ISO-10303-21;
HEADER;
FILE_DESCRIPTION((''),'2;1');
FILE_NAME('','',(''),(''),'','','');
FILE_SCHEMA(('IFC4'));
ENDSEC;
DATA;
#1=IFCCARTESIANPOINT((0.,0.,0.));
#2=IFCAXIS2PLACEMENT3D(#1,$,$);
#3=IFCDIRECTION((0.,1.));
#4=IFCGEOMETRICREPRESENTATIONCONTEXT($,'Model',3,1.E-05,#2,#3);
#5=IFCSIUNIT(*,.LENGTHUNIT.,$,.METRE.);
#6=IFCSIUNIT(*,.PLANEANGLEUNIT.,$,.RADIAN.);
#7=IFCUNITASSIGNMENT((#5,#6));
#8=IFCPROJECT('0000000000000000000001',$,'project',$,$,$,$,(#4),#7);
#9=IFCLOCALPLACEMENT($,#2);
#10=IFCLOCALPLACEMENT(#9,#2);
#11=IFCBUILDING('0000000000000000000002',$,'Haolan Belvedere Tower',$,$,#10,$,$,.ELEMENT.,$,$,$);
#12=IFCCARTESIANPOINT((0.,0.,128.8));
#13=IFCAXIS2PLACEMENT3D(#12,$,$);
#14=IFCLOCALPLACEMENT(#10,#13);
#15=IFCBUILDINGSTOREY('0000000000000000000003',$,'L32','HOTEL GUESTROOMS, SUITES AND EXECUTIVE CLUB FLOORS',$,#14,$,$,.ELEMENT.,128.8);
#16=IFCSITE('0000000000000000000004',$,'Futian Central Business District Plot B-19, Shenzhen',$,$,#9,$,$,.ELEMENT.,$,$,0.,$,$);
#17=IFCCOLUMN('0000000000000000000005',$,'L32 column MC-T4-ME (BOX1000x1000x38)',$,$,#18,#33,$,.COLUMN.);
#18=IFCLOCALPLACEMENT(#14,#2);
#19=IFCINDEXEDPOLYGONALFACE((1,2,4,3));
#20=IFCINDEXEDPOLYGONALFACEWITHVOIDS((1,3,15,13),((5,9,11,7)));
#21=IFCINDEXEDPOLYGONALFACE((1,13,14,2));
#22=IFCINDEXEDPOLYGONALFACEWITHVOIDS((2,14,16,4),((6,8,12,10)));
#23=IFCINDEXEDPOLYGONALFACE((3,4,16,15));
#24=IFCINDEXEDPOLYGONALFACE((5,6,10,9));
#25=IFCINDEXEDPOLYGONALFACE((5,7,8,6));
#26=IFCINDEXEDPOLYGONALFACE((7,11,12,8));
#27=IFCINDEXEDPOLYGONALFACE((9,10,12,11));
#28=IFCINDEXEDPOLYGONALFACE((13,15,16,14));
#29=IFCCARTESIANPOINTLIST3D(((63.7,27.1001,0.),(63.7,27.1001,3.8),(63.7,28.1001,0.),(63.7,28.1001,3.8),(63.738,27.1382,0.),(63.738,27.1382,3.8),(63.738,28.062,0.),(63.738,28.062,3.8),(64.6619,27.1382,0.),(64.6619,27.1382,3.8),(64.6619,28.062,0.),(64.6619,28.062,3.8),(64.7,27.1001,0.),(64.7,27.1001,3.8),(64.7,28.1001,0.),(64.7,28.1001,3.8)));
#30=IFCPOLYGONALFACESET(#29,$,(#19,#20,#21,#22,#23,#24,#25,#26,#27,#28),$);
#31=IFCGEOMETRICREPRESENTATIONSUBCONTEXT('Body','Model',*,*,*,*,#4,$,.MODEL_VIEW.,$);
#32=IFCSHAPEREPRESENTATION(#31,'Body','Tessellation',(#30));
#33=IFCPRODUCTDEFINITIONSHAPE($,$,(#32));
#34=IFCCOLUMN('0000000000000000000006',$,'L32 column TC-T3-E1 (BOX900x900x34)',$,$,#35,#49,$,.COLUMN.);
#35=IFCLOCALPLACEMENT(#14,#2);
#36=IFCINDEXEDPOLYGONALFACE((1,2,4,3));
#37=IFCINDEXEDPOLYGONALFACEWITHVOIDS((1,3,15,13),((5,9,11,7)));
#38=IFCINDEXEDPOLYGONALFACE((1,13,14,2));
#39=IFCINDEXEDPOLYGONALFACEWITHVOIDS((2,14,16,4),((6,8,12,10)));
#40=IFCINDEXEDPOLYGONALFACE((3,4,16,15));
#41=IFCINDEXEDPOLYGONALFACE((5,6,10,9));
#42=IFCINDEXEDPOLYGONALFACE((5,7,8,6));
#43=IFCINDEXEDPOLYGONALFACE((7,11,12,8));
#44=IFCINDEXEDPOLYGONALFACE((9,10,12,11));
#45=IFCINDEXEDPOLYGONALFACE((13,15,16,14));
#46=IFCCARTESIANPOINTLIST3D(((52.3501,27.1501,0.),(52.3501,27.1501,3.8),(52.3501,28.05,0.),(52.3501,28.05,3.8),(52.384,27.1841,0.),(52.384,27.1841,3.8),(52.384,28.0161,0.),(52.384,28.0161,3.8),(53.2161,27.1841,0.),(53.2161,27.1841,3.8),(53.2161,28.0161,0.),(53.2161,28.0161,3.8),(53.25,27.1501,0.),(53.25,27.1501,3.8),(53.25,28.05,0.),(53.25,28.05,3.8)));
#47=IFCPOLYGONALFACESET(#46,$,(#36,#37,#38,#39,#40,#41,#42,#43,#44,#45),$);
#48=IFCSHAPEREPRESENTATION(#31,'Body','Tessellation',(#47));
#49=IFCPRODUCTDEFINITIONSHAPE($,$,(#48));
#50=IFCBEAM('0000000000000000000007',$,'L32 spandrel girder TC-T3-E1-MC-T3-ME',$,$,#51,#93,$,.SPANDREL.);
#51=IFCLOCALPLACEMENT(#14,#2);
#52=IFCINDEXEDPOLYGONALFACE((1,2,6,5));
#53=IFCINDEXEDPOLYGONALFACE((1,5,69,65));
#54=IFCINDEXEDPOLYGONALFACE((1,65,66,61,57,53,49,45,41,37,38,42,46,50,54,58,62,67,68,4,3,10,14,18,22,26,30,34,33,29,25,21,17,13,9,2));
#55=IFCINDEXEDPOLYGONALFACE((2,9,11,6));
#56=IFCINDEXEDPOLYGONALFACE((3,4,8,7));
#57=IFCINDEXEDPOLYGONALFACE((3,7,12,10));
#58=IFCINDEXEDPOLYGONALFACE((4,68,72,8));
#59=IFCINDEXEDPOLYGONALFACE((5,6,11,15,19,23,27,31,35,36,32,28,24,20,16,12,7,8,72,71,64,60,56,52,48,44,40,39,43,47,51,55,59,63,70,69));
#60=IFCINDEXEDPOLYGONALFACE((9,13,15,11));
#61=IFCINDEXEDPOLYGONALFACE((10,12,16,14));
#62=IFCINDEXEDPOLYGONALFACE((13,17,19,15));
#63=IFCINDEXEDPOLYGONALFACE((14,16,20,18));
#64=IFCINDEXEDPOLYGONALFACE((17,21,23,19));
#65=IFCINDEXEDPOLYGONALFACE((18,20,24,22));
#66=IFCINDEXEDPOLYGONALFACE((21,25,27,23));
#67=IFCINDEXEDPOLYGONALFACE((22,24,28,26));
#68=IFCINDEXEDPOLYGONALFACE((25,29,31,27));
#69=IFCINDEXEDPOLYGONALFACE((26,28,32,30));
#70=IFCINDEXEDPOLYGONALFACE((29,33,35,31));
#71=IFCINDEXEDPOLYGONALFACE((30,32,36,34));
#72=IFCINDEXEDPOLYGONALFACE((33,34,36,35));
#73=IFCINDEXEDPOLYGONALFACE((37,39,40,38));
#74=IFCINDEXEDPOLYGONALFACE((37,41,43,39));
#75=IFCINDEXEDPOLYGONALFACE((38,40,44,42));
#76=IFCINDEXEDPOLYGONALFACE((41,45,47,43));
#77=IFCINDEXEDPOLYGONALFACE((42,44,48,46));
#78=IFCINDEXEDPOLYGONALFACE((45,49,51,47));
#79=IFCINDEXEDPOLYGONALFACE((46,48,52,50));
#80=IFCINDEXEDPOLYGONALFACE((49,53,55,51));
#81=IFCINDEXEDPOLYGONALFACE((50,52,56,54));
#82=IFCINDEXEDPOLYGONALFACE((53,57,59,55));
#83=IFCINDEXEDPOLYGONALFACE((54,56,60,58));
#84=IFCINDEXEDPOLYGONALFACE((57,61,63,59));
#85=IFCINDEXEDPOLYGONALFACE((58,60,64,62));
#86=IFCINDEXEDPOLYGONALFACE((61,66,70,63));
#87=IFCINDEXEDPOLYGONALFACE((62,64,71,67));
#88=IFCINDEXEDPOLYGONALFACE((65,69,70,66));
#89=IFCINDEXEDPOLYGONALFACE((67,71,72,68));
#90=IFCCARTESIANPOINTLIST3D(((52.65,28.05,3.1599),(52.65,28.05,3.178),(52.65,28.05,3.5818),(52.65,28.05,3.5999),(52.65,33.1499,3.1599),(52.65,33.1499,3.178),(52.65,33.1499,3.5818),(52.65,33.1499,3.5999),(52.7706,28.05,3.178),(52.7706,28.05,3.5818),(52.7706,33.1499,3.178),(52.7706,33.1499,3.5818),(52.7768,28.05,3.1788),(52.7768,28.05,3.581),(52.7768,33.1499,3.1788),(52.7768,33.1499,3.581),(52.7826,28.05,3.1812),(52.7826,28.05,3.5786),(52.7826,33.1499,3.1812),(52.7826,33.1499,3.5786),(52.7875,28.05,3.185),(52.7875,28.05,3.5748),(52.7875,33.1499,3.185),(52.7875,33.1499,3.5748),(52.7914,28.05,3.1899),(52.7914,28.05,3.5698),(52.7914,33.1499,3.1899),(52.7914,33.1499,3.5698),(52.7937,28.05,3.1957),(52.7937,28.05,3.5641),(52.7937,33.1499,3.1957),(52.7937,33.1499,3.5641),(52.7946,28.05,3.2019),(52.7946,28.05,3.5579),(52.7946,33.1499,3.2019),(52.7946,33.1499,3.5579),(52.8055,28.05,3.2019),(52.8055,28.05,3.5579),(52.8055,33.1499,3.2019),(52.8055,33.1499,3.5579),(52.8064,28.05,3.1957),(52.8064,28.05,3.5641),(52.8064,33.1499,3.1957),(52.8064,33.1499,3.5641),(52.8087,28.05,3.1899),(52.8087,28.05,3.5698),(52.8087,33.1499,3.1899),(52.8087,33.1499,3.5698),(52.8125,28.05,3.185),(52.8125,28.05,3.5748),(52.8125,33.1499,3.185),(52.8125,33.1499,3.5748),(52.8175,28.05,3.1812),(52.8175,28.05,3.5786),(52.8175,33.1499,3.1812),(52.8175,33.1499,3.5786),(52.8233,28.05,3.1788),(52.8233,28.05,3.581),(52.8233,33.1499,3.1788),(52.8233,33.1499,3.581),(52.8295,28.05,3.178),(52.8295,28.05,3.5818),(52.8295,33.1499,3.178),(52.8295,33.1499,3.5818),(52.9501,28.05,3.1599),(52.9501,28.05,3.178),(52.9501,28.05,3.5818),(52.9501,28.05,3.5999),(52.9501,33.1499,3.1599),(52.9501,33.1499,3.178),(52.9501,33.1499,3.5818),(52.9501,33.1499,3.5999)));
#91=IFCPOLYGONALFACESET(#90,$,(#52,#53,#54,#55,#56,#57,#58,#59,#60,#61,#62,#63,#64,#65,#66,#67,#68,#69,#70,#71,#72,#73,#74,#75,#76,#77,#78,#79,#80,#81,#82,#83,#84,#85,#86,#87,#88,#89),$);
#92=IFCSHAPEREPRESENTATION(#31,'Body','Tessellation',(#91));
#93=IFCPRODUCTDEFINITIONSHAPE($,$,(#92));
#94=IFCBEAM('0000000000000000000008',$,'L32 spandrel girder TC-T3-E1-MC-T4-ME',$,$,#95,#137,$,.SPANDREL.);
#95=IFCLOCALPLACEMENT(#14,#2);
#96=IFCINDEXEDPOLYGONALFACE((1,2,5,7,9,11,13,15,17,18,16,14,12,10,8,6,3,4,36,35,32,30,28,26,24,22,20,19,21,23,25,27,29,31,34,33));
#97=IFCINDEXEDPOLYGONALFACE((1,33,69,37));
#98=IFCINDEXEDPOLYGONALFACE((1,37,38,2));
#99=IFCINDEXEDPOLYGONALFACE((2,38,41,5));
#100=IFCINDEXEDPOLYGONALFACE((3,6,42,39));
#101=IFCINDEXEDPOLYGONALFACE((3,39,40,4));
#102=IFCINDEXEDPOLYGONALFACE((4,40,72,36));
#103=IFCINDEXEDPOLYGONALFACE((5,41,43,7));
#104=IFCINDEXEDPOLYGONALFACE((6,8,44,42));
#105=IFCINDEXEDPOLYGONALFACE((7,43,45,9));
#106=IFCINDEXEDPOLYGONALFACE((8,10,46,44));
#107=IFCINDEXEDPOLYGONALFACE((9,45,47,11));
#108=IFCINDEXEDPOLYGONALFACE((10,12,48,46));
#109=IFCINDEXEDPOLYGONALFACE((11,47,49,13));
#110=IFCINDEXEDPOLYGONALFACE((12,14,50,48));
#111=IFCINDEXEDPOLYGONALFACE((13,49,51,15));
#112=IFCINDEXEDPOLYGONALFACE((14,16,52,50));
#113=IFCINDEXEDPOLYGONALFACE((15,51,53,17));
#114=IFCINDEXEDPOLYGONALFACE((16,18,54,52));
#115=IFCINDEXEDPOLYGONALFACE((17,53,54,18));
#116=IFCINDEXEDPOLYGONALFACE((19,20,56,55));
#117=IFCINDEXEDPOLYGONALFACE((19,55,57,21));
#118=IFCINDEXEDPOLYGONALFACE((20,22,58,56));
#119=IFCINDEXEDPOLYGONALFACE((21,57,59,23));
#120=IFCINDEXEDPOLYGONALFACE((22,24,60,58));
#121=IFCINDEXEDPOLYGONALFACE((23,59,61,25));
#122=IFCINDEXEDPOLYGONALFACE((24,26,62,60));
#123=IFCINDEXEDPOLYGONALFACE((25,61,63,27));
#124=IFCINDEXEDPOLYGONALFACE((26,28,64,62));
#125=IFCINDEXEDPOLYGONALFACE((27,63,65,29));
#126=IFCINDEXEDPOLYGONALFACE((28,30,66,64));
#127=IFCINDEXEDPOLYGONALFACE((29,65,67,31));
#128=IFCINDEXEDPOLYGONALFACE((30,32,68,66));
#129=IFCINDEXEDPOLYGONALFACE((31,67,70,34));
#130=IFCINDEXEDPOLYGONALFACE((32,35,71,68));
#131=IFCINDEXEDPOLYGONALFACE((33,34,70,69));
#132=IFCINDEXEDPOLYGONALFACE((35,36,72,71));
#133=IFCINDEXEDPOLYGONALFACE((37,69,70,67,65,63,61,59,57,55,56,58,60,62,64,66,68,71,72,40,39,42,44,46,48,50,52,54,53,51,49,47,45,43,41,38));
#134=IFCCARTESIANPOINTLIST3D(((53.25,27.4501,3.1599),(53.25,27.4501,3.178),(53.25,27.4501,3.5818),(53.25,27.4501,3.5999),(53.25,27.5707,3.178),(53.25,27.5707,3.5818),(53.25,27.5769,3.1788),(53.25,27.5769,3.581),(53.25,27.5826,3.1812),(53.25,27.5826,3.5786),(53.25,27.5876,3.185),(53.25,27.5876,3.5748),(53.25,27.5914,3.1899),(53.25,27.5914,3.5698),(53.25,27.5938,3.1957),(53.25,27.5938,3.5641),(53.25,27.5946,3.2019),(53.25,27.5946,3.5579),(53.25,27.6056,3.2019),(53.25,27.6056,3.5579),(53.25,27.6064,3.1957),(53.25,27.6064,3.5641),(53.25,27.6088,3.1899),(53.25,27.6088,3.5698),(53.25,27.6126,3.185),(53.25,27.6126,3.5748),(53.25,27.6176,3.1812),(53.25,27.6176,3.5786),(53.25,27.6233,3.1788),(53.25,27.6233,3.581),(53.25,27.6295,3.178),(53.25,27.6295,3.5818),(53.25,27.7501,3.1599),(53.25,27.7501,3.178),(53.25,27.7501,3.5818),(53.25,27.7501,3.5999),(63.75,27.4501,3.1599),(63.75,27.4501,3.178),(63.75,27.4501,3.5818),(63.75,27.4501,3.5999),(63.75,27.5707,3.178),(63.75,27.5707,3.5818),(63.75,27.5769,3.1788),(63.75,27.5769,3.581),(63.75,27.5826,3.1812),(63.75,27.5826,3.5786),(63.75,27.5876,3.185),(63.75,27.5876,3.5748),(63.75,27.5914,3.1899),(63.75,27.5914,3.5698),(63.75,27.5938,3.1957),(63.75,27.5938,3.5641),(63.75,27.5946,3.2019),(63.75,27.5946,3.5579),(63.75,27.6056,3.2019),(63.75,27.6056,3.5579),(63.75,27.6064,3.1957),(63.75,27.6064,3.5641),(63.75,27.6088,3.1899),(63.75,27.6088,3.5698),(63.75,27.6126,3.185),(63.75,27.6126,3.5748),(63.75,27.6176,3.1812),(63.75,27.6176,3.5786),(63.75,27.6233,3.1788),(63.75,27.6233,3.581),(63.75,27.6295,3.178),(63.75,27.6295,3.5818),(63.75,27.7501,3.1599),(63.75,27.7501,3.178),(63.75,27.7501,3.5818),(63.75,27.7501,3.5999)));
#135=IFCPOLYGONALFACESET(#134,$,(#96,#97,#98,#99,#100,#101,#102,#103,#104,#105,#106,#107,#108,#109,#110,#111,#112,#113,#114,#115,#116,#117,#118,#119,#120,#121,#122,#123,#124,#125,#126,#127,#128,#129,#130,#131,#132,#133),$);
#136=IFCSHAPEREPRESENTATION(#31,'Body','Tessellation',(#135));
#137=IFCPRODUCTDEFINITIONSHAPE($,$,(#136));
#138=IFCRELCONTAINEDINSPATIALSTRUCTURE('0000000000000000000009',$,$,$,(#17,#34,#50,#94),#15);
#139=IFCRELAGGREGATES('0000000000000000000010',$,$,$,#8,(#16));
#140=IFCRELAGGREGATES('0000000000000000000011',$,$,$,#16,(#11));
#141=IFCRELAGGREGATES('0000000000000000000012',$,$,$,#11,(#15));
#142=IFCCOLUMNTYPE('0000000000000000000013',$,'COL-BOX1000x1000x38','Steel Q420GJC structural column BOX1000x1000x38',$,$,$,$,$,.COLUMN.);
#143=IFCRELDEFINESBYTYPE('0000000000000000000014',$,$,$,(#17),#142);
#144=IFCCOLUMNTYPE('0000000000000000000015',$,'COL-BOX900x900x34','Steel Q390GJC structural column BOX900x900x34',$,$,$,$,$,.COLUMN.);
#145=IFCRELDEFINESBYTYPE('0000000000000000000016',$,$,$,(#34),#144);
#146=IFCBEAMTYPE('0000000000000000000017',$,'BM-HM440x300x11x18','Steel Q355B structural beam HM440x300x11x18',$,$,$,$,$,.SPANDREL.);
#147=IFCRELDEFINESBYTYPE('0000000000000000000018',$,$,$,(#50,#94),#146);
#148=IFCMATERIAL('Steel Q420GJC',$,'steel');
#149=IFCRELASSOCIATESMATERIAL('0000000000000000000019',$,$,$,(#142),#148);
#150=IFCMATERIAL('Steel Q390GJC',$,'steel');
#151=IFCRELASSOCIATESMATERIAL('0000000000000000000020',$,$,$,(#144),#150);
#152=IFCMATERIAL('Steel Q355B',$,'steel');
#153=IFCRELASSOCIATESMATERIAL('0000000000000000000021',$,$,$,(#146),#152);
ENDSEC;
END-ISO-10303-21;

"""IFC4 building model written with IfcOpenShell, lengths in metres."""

from ifc_helpers import new_model, si_unit, direction, frame, origin, origin_2d, place, context, subcontext, project, spatial, hollow_rectangle, i_section, extrude, material, material_profile, profile_set, type_object, element, save


model = new_model("IFC4")

# Units and contexts
model_context = context("Model", 3, precision=1e-05, world=origin(), true_north=direction((0.0, 1.0)))
body_context = subcontext(model_context, "Body", "Model", "MODEL_VIEW")
ifc_project = project(units=[si_unit("LENGTHUNIT", "METRE"), si_unit("PLANEANGLEUNIT", "RADIAN")], contexts=[model_context])

# Site, building, storey
site_placement = place(None, origin())
site = spatial("IfcSite", under=ifc_project, at=site_placement, Name="Futian Central Business District Plot B-19, Shenzhen", CompositionType="ELEMENT", RefElevation=0.0)
building_placement = place(site_placement, origin())
building = spatial("IfcBuilding", under=site, at=building_placement, Name="Haolan Belvedere Tower", CompositionType="ELEMENT")
storey_placement = place(building_placement, frame((0.0, 0.0, 128.8)))
storey = spatial("IfcBuildingStorey", under=building, at=storey_placement, Name="L32", Description="HOTEL GUESTROOMS, SUITES AND EXECUTIVE CLUB FLOORS", CompositionType="ELEMENT", Elevation=128.8)

# Columns
ifc_material_1 = material(Name="Steel Q420GJC", Category="steel")
ifc_material_profile_1 = material_profile(ifc_material_1, hollow_rectangle(XDim=1.0, YDim=1.0, WallThickness=0.0381, at=origin_2d()), Name="Steel Q420GJC")
ifc_profile_set_1 = profile_set([ifc_material_profile_1], Name="Steel Q420GJC")
column_type_1 = type_object("IfcColumnType", Name="COL-BOX1000x1000x38", Description="Steel Q420GJC structural column BOX1000x1000x38", PredefinedType="COLUMN", material=ifc_profile_set_1)
column_1_placement = place(storey_placement, frame((64.2, 27.6001, 0.0), z_axis=(0.0, 0.0, 1.0), x_axis=(1.0, 0.0, 0.0)))
element("IfcColumn", 1, at=column_1_placement, inside=storey, type_object=column_type_1, Name="L32 column MC-T4-ME (BOX1000x1000x38)", PredefinedType="COLUMN", context=body_context, shape_type="SweptSolid", body=[
    extrude(hollow_rectangle(XDim=1.0, YDim=1.0, WallThickness=0.0381, at=origin_2d()), origin(), (0.0, 0.0, 1.0), 3.8),
])
ifc_material_2 = material(Name="Steel Q390GJC", Category="steel")
ifc_material_profile_2 = material_profile(ifc_material_2, hollow_rectangle(XDim=0.8999, YDim=0.8999, WallThickness=0.0339, at=origin_2d()), Name="Steel Q390GJC")
ifc_profile_set_2 = profile_set([ifc_material_profile_2], Name="Steel Q390GJC")
column_type_2 = type_object("IfcColumnType", Name="COL-BOX900x900x34", Description="Steel Q390GJC structural column BOX900x900x34", PredefinedType="COLUMN", material=ifc_profile_set_2)
column_2_placement = place(storey_placement, frame((52.8, 27.6001, 0.0), z_axis=(0.0, 0.0, 1.0), x_axis=(1.0, 0.0, 0.0)))
element("IfcColumn", 2, at=column_2_placement, inside=storey, type_object=column_type_2, Name="L32 column TC-T3-E1 (BOX900x900x34)", PredefinedType="COLUMN", context=body_context, shape_type="SweptSolid", body=[
    extrude(hollow_rectangle(XDim=0.8999, YDim=0.8999, WallThickness=0.0339, at=origin_2d()), origin(), (0.0, 0.0, 1.0), 3.8),
])

# Beams
ifc_material_3 = material(Name="Steel Q355B", Category="steel")
ifc_material_profile_3 = material_profile(ifc_material_3, i_section(OverallWidth=0.3, OverallDepth=0.4399, WebThickness=0.011, FlangeThickness=0.0181, FilletRadius=0.0239, at=origin_2d()), Name="Steel Q355B")
ifc_profile_set_3 = profile_set([ifc_material_profile_3], Name="Steel Q355B")
beam_type = type_object("IfcBeamType", Name="BM-HM440x300x11x18", Description="Steel Q355B structural beam HM440x300x11x18", PredefinedType="SPANDREL", material=ifc_profile_set_3)
beam_1_placement = place(storey_placement, frame((52.8, 28.05, 3.3799), z_axis=(0.0, 1.0, 0.0), x_axis=(-1.0, 0.0, 0.0)))
element("IfcBeam", 3, at=beam_1_placement, inside=storey, type_object=beam_type, Name="L32 spandrel girder TC-T3-E1-MC-T3-ME", PredefinedType="SPANDREL", context=body_context, shape_type="SweptSolid", body=[
    extrude(i_section(OverallWidth=0.3, OverallDepth=0.4399, WebThickness=0.011, FlangeThickness=0.0181, FilletRadius=0.0239, at=origin_2d()), origin(), (0.0, 0.0, 1.0), 5.0999),
])
beam_2_placement = place(storey_placement, frame((53.25, 27.6001, 3.3799), z_axis=(1.0, 0.0, 0.0), x_axis=(0.0, 1.0, 0.0)))
element("IfcBeam", 4, at=beam_2_placement, inside=storey, type_object=beam_type, Name="L32 spandrel girder TC-T3-E1-MC-T4-ME", PredefinedType="SPANDREL", context=body_context, shape_type="SweptSolid", body=[
    extrude(i_section(OverallWidth=0.3, OverallDepth=0.4399, WebThickness=0.011, FlangeThickness=0.0181, FilletRadius=0.0239, at=origin_2d()), origin(), (0.0, 0.0, 1.0), 10.5),
])

save(model, "model.ifc")
